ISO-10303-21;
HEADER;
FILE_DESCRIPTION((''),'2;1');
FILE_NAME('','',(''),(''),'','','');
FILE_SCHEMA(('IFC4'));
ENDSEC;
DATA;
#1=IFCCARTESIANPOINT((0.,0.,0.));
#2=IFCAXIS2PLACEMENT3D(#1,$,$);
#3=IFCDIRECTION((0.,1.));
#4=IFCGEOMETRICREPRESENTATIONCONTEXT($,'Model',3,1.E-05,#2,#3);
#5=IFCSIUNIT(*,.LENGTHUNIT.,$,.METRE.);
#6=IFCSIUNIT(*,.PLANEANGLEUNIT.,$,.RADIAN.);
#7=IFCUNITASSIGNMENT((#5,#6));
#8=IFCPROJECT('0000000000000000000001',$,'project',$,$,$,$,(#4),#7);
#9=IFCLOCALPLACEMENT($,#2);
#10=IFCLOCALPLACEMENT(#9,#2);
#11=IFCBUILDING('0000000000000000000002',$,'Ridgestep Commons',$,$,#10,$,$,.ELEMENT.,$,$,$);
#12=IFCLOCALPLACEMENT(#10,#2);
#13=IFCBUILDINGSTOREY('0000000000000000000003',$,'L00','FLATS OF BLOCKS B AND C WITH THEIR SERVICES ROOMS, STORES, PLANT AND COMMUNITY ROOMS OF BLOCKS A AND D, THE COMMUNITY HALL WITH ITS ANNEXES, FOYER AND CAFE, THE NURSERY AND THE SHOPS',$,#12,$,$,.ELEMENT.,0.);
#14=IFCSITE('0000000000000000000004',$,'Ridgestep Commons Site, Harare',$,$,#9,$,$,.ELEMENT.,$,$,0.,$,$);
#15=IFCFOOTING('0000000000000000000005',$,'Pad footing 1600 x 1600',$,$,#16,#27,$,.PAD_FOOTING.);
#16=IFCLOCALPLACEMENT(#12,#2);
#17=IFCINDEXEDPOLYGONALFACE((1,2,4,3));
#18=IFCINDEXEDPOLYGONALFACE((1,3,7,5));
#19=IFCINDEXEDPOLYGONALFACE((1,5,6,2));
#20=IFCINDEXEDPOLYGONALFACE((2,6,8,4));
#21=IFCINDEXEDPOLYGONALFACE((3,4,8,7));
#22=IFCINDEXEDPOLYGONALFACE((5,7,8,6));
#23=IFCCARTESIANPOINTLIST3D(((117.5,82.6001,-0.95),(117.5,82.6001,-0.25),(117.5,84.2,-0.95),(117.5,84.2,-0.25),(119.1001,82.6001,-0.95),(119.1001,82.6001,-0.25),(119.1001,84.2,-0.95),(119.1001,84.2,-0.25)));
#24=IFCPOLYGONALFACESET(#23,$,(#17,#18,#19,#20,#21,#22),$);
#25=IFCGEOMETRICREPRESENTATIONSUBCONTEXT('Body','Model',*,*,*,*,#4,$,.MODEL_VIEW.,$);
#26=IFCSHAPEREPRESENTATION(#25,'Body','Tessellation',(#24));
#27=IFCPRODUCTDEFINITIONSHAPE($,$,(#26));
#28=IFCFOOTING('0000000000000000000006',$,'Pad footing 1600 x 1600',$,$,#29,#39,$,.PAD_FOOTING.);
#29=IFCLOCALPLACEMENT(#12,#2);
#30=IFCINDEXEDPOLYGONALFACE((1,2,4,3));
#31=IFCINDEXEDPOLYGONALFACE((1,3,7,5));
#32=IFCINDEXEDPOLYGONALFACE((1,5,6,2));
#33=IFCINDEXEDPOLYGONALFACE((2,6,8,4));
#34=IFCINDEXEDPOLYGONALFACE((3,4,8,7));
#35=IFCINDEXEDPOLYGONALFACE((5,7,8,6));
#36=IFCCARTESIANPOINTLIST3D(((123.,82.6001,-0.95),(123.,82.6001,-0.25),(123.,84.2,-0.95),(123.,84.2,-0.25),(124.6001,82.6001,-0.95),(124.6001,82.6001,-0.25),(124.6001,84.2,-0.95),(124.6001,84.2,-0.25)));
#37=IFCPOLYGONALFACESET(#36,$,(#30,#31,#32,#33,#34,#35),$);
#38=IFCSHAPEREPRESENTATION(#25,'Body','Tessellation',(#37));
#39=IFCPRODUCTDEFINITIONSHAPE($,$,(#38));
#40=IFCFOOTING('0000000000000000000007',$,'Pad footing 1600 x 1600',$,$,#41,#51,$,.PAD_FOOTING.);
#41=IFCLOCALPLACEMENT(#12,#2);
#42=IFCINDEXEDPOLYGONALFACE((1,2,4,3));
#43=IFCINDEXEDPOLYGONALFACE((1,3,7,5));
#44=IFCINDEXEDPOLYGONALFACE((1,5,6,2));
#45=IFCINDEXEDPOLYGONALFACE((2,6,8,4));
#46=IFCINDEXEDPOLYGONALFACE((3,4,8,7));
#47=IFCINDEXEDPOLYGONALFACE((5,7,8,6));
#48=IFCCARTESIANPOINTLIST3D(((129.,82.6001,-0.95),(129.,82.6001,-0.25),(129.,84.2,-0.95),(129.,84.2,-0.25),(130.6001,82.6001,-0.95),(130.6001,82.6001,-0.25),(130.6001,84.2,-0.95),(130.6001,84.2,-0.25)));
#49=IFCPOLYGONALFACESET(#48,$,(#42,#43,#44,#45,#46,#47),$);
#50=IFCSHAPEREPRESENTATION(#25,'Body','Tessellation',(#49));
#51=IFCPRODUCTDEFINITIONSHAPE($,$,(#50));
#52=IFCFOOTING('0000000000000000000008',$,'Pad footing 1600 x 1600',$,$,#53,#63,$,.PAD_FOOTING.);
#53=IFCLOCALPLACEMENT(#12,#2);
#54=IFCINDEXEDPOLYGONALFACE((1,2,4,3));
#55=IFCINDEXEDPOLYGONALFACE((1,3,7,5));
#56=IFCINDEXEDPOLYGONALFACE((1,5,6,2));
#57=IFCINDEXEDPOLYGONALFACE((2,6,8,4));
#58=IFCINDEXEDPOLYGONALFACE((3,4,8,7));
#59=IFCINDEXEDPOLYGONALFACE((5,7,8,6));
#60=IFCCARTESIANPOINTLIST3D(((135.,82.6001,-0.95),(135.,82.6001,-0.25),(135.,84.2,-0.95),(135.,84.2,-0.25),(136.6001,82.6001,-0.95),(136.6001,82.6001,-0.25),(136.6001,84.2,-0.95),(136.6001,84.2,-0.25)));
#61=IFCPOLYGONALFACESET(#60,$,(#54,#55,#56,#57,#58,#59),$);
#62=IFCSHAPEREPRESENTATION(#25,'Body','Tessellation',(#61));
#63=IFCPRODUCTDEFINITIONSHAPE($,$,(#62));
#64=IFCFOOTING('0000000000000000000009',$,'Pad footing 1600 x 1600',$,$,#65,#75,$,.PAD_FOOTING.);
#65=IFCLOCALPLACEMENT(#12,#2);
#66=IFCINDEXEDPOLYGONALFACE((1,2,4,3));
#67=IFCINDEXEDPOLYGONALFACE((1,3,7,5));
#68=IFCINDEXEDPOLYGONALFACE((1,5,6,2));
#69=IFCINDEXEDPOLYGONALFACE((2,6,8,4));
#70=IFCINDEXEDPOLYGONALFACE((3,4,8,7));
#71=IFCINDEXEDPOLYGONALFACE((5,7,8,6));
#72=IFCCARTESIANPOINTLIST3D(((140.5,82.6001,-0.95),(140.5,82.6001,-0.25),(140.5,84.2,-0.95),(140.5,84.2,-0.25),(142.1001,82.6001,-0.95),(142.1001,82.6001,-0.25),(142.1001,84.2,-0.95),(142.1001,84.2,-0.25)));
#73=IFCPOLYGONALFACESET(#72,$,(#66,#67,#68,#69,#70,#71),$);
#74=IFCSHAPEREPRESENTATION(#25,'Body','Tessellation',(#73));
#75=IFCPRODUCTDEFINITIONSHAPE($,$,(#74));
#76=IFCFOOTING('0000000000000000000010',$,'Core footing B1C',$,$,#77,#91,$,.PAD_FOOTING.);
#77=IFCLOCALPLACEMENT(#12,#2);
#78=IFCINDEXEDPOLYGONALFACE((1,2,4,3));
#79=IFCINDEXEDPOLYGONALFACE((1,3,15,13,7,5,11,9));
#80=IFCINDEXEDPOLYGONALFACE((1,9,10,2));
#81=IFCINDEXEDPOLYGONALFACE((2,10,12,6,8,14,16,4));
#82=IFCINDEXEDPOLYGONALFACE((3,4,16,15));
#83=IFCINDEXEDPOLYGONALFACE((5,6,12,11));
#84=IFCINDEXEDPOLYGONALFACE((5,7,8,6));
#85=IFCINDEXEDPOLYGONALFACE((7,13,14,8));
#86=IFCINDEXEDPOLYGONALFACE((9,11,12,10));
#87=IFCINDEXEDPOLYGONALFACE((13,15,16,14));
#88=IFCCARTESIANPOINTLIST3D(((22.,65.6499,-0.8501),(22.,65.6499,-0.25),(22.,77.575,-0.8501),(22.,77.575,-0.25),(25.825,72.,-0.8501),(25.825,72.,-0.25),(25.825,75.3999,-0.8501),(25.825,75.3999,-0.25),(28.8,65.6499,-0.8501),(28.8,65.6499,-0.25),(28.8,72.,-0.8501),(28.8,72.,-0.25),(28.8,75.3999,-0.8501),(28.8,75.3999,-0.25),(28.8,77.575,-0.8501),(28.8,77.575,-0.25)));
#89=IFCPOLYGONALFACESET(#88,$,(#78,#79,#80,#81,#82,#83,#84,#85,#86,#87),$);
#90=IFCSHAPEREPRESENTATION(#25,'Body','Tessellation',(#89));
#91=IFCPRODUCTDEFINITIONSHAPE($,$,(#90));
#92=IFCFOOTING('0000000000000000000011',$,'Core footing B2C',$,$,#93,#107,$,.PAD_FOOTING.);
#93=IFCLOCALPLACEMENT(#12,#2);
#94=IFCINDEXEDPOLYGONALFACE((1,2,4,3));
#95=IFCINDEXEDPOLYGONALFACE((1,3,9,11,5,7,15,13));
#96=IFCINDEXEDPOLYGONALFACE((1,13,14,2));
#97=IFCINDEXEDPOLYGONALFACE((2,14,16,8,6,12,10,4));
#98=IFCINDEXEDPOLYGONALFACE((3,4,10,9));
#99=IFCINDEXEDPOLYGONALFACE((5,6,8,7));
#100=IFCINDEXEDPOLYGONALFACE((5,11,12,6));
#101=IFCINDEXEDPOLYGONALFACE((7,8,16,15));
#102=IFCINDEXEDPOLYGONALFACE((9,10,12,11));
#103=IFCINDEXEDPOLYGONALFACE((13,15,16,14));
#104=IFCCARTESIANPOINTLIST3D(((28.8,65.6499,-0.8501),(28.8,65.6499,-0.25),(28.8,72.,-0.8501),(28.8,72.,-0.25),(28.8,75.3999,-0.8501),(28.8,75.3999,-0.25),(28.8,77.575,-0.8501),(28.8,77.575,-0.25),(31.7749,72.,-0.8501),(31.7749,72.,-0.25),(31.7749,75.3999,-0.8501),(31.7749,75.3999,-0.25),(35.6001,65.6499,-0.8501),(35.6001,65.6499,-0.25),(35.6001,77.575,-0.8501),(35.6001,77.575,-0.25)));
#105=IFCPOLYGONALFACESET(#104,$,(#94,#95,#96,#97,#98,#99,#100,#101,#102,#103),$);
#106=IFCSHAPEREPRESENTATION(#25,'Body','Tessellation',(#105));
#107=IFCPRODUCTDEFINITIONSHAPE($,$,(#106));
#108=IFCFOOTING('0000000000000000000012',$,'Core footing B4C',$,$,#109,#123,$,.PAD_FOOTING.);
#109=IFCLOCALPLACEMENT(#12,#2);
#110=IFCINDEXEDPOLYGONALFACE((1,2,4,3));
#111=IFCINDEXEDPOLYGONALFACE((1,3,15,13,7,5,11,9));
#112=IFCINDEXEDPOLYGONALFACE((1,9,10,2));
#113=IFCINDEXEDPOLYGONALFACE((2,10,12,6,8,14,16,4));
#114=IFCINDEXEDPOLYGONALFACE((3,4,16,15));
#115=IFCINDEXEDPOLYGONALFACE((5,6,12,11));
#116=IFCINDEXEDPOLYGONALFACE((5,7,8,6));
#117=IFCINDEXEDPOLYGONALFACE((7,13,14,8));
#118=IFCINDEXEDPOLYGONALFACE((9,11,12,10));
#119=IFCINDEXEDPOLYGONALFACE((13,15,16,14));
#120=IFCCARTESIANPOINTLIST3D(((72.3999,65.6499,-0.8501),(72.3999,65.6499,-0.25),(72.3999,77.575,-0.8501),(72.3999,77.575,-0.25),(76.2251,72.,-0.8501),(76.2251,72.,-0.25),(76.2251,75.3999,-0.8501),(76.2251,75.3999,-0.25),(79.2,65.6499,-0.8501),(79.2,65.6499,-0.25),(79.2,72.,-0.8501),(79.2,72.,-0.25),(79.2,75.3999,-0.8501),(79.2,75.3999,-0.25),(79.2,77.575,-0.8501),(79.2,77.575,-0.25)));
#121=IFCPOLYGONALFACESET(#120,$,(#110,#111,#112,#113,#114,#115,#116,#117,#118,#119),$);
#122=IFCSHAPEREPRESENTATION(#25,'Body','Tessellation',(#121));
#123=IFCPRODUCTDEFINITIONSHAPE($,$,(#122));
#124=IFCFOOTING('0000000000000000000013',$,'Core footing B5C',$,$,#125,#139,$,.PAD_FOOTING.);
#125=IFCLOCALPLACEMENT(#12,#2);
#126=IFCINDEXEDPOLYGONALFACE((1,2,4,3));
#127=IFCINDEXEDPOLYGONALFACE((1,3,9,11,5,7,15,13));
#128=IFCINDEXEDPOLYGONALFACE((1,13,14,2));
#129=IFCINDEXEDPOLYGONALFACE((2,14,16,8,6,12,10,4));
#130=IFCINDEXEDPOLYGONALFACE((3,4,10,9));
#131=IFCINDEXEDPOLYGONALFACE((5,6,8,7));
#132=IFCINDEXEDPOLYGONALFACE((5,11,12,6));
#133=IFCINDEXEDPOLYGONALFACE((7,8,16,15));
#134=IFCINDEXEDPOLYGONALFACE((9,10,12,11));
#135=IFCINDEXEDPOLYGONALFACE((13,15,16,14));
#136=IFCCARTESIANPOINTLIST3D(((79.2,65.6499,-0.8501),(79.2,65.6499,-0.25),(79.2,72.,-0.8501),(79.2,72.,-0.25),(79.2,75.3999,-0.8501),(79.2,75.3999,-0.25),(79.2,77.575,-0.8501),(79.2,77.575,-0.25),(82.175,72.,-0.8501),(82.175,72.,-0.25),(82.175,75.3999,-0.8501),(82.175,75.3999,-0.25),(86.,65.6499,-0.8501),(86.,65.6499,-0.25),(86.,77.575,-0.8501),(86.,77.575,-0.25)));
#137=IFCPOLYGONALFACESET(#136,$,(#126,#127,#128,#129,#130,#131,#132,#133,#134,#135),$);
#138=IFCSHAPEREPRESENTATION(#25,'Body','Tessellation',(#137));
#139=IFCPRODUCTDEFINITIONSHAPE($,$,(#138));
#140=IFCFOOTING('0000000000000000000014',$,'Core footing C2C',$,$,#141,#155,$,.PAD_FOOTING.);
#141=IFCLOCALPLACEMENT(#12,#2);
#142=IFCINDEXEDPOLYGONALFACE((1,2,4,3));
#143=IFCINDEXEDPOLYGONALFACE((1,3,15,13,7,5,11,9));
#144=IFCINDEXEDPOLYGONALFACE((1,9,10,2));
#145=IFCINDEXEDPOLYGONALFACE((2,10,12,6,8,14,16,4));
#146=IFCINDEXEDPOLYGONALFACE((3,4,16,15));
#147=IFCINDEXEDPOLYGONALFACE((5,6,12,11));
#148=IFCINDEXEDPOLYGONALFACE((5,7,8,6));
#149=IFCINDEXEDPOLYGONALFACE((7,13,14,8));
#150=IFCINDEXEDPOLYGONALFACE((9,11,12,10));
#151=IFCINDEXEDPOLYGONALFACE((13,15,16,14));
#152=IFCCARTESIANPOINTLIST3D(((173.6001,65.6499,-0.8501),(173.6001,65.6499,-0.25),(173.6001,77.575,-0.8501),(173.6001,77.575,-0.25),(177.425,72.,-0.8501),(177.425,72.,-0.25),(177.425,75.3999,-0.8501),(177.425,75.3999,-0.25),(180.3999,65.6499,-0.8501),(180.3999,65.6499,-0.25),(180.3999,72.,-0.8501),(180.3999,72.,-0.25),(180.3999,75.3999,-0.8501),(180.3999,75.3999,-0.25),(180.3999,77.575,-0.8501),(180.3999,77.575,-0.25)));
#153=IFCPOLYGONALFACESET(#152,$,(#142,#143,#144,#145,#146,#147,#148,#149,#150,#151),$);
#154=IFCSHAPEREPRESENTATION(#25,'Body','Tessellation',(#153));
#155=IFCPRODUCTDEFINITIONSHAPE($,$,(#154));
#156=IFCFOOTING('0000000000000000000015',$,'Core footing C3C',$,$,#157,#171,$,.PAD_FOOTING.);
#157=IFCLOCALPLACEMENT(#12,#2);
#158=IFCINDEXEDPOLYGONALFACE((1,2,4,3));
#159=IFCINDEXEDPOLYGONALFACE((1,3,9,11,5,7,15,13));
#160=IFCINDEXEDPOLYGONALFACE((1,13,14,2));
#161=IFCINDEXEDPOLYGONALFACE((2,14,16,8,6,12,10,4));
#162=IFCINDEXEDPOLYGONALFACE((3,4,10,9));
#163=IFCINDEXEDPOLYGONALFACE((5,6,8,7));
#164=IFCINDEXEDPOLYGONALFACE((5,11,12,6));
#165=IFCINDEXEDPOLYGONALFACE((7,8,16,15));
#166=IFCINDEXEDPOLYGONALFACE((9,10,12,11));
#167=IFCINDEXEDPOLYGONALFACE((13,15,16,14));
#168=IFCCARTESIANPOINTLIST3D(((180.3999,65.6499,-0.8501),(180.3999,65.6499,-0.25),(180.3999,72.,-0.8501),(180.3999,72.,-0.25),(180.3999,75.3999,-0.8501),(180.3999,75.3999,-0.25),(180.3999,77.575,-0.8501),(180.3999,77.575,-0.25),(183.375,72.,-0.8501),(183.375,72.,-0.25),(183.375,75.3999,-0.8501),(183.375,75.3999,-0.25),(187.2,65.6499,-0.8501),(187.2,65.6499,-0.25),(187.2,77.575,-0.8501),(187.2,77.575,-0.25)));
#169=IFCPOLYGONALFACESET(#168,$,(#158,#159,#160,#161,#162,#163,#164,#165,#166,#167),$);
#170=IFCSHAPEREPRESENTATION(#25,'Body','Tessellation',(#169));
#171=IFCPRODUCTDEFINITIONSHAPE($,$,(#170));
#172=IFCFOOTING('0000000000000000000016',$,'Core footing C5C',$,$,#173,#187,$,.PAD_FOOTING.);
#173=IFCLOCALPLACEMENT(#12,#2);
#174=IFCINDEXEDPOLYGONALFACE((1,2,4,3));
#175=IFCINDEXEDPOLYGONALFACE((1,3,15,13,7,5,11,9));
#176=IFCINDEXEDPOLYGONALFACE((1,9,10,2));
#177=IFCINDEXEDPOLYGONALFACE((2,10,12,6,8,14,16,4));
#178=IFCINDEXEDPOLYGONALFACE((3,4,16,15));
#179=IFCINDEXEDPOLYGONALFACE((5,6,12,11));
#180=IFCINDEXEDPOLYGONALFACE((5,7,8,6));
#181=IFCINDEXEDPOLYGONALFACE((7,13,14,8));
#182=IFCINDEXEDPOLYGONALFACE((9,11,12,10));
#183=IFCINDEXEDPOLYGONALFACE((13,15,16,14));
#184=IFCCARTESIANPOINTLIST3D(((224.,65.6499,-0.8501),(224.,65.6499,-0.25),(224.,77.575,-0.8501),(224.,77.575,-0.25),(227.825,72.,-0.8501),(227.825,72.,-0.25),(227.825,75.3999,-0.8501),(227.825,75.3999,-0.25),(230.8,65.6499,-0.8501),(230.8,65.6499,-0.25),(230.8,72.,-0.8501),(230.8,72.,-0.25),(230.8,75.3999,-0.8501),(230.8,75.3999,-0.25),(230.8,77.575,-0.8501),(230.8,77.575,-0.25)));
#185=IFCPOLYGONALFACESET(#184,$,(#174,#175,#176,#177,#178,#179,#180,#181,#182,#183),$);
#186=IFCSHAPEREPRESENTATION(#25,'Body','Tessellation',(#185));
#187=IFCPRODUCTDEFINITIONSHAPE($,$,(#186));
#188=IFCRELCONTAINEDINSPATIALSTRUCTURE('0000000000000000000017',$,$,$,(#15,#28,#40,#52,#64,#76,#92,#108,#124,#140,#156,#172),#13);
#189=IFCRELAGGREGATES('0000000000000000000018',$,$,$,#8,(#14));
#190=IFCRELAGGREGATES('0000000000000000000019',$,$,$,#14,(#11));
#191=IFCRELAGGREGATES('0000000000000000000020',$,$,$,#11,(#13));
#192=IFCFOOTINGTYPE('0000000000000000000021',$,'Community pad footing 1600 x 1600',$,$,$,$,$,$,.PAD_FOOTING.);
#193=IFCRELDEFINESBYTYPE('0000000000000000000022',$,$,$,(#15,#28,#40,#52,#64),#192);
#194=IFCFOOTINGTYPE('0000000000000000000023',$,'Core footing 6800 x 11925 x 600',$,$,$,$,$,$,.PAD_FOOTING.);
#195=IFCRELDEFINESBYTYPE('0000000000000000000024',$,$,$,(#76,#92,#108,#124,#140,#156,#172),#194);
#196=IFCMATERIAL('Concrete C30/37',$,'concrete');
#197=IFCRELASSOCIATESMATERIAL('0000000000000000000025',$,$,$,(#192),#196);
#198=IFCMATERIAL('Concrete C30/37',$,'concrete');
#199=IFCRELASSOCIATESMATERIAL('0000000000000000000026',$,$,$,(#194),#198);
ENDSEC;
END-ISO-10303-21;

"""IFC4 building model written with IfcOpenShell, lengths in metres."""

from ifc_helpers import new_model, si_unit, direction, frame, origin, place, context, subcontext, project, spatial, polyline, outline, extrude, material, type_object, element, save


model = new_model("IFC4")

# Units and contexts
model_context = context("Model", 3, precision=1e-05, world=origin(), true_north=direction((0.0, 1.0)))
body_context = subcontext(model_context, "Body", "Model", "MODEL_VIEW")
ifc_project = project(units=[si_unit("LENGTHUNIT", "METRE"), si_unit("PLANEANGLEUNIT", "RADIAN")], contexts=[model_context])

# Site, building, storey
site_placement = place(None, origin())
site = spatial("IfcSite", under=ifc_project, at=site_placement, Name="Ridgestep Commons Site, Harare", CompositionType="ELEMENT", RefElevation=0.0)
building_placement = place(site_placement, origin())
building = spatial("IfcBuilding", under=site, at=building_placement, Name="Ridgestep Commons", CompositionType="ELEMENT")
storey_placement = place(building_placement, origin())
storey = spatial("IfcBuildingStorey", under=building, at=storey_placement, Name="L00", Description="FLATS OF BLOCKS B AND C WITH THEIR SERVICES ROOMS, STORES, PLANT AND COMMUNITY ROOMS OF BLOCKS A AND D, THE COMMUNITY HALL WITH ITS ANNEXES, FOYER AND CAFE, THE NURSERY AND THE SHOPS", CompositionType="ELEMENT", Elevation=0.0)

# Footings
ifc_material_1 = material(Name="Concrete C30/37", Category="concrete")
footing_type_1 = type_object("IfcFootingType", Name="Community pad footing 1600 x 1600", PredefinedType="PAD_FOOTING", material=ifc_material_1)
footing_1_placement = place(storey_placement, frame((0.0, 0.0, -0.95)))
element("IfcFooting", 1, at=footing_1_placement, inside=storey, type_object=footing_type_1, Name="Pad footing 1600 x 1600", PredefinedType="PAD_FOOTING", context=body_context, shape_type="SweptSolid", body=[
    extrude(outline(polyline([(117.5, 82.6001), (119.1001, 82.6001), (119.1001, 84.2), (117.5, 84.2), (117.5, 82.6001)])), origin(), (0.0, 0.0, 1.0), 0.7),
])
footing_2_placement = place(storey_placement, frame((0.0, 0.0, -0.95)))
element("IfcFooting", 2, at=footing_2_placement, inside=storey, type_object=footing_type_1, Name="Pad footing 1600 x 1600", PredefinedType="PAD_FOOTING", context=body_context, shape_type="SweptSolid", body=[
    extrude(outline(polyline([(123.0, 82.6001), (124.6001, 82.6001), (124.6001, 84.2), (123.0, 84.2), (123.0, 82.6001)])), origin(), (0.0, 0.0, 1.0), 0.7),
])
footing_3_placement = place(storey_placement, frame((0.0, 0.0, -0.95)))
element("IfcFooting", 3, at=footing_3_placement, inside=storey, type_object=footing_type_1, Name="Pad footing 1600 x 1600", PredefinedType="PAD_FOOTING", context=body_context, shape_type="SweptSolid", body=[
    extrude(outline(polyline([(129.0, 82.6001), (130.6001, 82.6001), (130.6001, 84.2), (129.0, 84.2), (129.0, 82.6001)])), origin(), (0.0, 0.0, 1.0), 0.7),
])
footing_4_placement = place(storey_placement, frame((0.0, 0.0, -0.95)))
element("IfcFooting", 4, at=footing_4_placement, inside=storey, type_object=footing_type_1, Name="Pad footing 1600 x 1600", PredefinedType="PAD_FOOTING", context=body_context, shape_type="SweptSolid", body=[
    extrude(outline(polyline([(135.0, 82.6001), (136.6001, 82.6001), (136.6001, 84.2), (135.0, 84.2), (135.0, 82.6001)])), origin(), (0.0, 0.0, 1.0), 0.7),
])
footing_5_placement = place(storey_placement, frame((0.0, 0.0, -0.95)))
element("IfcFooting", 5, at=footing_5_placement, inside=storey, type_object=footing_type_1, Name="Pad footing 1600 x 1600", PredefinedType="PAD_FOOTING", context=body_context, shape_type="SweptSolid", body=[
    extrude(outline(polyline([(140.5, 82.6001), (142.1001, 82.6001), (142.1001, 84.2), (140.5, 84.2), (140.5, 82.6001)])), origin(), (0.0, 0.0, 1.0), 0.7),
])
ifc_material_2 = material(Name="Concrete C30/37", Category="concrete")
footing_type_2 = type_object("IfcFootingType", Name="Core footing 6800 x 11925 x 600", PredefinedType="PAD_FOOTING", material=ifc_material_2)
footing_6_placement = place(storey_placement, frame((0.0, 0.0, -0.8501)))
element("IfcFooting", 6, at=footing_6_placement, inside=storey, type_object=footing_type_2, Name="Core footing B1C", PredefinedType="PAD_FOOTING", context=body_context, shape_type="SweptSolid", body=[
    extrude(outline(polyline([(28.8, 65.6499), (28.8, 72.0), (25.825, 72.0), (25.825, 75.3999), (28.8, 75.3999), (28.8, 77.575), (22.0, 77.575), (22.0, 65.6499), (28.8, 65.6499)])), origin(), (0.0, 0.0, 1.0), 0.6001),
])
footing_7_placement = place(storey_placement, frame((0.0, 0.0, -0.8501)))
element("IfcFooting", 7, at=footing_7_placement, inside=storey, type_object=footing_type_2, Name="Core footing B2C", PredefinedType="PAD_FOOTING", context=body_context, shape_type="SweptSolid", body=[
    extrude(outline(polyline([(28.8, 77.575), (28.8, 75.3999), (31.7749, 75.3999), (31.7749, 72.0), (28.8, 72.0), (28.8, 65.6499), (35.6001, 65.6499), (35.6001, 77.575), (28.8, 77.575)])), origin(), (0.0, 0.0, 1.0), 0.6001),
])
footing_8_placement = place(storey_placement, frame((0.0, 0.0, -0.8501)))
element("IfcFooting", 8, at=footing_8_placement, inside=storey, type_object=footing_type_2, Name="Core footing B4C", PredefinedType="PAD_FOOTING", context=body_context, shape_type="SweptSolid", body=[
    extrude(outline(polyline([(79.2, 65.6499), (79.2, 72.0), (76.2251, 72.0), (76.2251, 75.3999), (79.2, 75.3999), (79.2, 77.575), (72.3999, 77.575), (72.3999, 65.6499), (79.2, 65.6499)])), origin(), (0.0, 0.0, 1.0), 0.6001),
])
footing_9_placement = place(storey_placement, frame((0.0, 0.0, -0.8501)))
element("IfcFooting", 9, at=footing_9_placement, inside=storey, type_object=footing_type_2, Name="Core footing B5C", PredefinedType="PAD_FOOTING", context=body_context, shape_type="SweptSolid", body=[
    extrude(outline(polyline([(79.2, 77.575), (79.2, 75.3999), (82.175, 75.3999), (82.175, 72.0), (79.2, 72.0), (79.2, 65.6499), (86.0, 65.6499), (86.0, 77.575), (79.2, 77.575)])), origin(), (0.0, 0.0, 1.0), 0.6001),
])
footing_10_placement = place(storey_placement, frame((0.0, 0.0, -0.8501)))
element("IfcFooting", 10, at=footing_10_placement, inside=storey, type_object=footing_type_2, Name="Core footing C2C", PredefinedType="PAD_FOOTING", context=body_context, shape_type="SweptSolid", body=[
    extrude(outline(polyline([(180.3999, 65.6499), (180.3999, 72.0), (177.425, 72.0), (177.425, 75.3999), (180.3999, 75.3999), (180.3999, 77.575), (173.6001, 77.575), (173.6001, 65.6499), (180.3999, 65.6499)])), origin(), (0.0, 0.0, 1.0), 0.6001),
])
footing_11_placement = place(storey_placement, frame((0.0, 0.0, -0.8501)))
element("IfcFooting", 11, at=footing_11_placement, inside=storey, type_object=footing_type_2, Name="Core footing C3C", PredefinedType="PAD_FOOTING", context=body_context, shape_type="SweptSolid", body=[
    extrude(outline(polyline([(180.3999, 77.575), (180.3999, 75.3999), (183.375, 75.3999), (183.375, 72.0), (180.3999, 72.0), (180.3999, 65.6499), (187.2, 65.6499), (187.2, 77.575), (180.3999, 77.575)])), origin(), (0.0, 0.0, 1.0), 0.6001),
])
footing_12_placement = place(storey_placement, frame((0.0, 0.0, -0.8501)))
element("IfcFooting", 12, at=footing_12_placement, inside=storey, type_object=footing_type_2, Name="Core footing C5C", PredefinedType="PAD_FOOTING", context=body_context, shape_type="SweptSolid", body=[
    extrude(outline(polyline([(230.8, 65.6499), (230.8, 72.0), (227.825, 72.0), (227.825, 75.3999), (230.8, 75.3999), (230.8, 77.575), (224.0, 77.575), (224.0, 65.6499), (230.8, 65.6499)])), origin(), (0.0, 0.0, 1.0), 0.6001),
])

save(model, "model.ifc")
